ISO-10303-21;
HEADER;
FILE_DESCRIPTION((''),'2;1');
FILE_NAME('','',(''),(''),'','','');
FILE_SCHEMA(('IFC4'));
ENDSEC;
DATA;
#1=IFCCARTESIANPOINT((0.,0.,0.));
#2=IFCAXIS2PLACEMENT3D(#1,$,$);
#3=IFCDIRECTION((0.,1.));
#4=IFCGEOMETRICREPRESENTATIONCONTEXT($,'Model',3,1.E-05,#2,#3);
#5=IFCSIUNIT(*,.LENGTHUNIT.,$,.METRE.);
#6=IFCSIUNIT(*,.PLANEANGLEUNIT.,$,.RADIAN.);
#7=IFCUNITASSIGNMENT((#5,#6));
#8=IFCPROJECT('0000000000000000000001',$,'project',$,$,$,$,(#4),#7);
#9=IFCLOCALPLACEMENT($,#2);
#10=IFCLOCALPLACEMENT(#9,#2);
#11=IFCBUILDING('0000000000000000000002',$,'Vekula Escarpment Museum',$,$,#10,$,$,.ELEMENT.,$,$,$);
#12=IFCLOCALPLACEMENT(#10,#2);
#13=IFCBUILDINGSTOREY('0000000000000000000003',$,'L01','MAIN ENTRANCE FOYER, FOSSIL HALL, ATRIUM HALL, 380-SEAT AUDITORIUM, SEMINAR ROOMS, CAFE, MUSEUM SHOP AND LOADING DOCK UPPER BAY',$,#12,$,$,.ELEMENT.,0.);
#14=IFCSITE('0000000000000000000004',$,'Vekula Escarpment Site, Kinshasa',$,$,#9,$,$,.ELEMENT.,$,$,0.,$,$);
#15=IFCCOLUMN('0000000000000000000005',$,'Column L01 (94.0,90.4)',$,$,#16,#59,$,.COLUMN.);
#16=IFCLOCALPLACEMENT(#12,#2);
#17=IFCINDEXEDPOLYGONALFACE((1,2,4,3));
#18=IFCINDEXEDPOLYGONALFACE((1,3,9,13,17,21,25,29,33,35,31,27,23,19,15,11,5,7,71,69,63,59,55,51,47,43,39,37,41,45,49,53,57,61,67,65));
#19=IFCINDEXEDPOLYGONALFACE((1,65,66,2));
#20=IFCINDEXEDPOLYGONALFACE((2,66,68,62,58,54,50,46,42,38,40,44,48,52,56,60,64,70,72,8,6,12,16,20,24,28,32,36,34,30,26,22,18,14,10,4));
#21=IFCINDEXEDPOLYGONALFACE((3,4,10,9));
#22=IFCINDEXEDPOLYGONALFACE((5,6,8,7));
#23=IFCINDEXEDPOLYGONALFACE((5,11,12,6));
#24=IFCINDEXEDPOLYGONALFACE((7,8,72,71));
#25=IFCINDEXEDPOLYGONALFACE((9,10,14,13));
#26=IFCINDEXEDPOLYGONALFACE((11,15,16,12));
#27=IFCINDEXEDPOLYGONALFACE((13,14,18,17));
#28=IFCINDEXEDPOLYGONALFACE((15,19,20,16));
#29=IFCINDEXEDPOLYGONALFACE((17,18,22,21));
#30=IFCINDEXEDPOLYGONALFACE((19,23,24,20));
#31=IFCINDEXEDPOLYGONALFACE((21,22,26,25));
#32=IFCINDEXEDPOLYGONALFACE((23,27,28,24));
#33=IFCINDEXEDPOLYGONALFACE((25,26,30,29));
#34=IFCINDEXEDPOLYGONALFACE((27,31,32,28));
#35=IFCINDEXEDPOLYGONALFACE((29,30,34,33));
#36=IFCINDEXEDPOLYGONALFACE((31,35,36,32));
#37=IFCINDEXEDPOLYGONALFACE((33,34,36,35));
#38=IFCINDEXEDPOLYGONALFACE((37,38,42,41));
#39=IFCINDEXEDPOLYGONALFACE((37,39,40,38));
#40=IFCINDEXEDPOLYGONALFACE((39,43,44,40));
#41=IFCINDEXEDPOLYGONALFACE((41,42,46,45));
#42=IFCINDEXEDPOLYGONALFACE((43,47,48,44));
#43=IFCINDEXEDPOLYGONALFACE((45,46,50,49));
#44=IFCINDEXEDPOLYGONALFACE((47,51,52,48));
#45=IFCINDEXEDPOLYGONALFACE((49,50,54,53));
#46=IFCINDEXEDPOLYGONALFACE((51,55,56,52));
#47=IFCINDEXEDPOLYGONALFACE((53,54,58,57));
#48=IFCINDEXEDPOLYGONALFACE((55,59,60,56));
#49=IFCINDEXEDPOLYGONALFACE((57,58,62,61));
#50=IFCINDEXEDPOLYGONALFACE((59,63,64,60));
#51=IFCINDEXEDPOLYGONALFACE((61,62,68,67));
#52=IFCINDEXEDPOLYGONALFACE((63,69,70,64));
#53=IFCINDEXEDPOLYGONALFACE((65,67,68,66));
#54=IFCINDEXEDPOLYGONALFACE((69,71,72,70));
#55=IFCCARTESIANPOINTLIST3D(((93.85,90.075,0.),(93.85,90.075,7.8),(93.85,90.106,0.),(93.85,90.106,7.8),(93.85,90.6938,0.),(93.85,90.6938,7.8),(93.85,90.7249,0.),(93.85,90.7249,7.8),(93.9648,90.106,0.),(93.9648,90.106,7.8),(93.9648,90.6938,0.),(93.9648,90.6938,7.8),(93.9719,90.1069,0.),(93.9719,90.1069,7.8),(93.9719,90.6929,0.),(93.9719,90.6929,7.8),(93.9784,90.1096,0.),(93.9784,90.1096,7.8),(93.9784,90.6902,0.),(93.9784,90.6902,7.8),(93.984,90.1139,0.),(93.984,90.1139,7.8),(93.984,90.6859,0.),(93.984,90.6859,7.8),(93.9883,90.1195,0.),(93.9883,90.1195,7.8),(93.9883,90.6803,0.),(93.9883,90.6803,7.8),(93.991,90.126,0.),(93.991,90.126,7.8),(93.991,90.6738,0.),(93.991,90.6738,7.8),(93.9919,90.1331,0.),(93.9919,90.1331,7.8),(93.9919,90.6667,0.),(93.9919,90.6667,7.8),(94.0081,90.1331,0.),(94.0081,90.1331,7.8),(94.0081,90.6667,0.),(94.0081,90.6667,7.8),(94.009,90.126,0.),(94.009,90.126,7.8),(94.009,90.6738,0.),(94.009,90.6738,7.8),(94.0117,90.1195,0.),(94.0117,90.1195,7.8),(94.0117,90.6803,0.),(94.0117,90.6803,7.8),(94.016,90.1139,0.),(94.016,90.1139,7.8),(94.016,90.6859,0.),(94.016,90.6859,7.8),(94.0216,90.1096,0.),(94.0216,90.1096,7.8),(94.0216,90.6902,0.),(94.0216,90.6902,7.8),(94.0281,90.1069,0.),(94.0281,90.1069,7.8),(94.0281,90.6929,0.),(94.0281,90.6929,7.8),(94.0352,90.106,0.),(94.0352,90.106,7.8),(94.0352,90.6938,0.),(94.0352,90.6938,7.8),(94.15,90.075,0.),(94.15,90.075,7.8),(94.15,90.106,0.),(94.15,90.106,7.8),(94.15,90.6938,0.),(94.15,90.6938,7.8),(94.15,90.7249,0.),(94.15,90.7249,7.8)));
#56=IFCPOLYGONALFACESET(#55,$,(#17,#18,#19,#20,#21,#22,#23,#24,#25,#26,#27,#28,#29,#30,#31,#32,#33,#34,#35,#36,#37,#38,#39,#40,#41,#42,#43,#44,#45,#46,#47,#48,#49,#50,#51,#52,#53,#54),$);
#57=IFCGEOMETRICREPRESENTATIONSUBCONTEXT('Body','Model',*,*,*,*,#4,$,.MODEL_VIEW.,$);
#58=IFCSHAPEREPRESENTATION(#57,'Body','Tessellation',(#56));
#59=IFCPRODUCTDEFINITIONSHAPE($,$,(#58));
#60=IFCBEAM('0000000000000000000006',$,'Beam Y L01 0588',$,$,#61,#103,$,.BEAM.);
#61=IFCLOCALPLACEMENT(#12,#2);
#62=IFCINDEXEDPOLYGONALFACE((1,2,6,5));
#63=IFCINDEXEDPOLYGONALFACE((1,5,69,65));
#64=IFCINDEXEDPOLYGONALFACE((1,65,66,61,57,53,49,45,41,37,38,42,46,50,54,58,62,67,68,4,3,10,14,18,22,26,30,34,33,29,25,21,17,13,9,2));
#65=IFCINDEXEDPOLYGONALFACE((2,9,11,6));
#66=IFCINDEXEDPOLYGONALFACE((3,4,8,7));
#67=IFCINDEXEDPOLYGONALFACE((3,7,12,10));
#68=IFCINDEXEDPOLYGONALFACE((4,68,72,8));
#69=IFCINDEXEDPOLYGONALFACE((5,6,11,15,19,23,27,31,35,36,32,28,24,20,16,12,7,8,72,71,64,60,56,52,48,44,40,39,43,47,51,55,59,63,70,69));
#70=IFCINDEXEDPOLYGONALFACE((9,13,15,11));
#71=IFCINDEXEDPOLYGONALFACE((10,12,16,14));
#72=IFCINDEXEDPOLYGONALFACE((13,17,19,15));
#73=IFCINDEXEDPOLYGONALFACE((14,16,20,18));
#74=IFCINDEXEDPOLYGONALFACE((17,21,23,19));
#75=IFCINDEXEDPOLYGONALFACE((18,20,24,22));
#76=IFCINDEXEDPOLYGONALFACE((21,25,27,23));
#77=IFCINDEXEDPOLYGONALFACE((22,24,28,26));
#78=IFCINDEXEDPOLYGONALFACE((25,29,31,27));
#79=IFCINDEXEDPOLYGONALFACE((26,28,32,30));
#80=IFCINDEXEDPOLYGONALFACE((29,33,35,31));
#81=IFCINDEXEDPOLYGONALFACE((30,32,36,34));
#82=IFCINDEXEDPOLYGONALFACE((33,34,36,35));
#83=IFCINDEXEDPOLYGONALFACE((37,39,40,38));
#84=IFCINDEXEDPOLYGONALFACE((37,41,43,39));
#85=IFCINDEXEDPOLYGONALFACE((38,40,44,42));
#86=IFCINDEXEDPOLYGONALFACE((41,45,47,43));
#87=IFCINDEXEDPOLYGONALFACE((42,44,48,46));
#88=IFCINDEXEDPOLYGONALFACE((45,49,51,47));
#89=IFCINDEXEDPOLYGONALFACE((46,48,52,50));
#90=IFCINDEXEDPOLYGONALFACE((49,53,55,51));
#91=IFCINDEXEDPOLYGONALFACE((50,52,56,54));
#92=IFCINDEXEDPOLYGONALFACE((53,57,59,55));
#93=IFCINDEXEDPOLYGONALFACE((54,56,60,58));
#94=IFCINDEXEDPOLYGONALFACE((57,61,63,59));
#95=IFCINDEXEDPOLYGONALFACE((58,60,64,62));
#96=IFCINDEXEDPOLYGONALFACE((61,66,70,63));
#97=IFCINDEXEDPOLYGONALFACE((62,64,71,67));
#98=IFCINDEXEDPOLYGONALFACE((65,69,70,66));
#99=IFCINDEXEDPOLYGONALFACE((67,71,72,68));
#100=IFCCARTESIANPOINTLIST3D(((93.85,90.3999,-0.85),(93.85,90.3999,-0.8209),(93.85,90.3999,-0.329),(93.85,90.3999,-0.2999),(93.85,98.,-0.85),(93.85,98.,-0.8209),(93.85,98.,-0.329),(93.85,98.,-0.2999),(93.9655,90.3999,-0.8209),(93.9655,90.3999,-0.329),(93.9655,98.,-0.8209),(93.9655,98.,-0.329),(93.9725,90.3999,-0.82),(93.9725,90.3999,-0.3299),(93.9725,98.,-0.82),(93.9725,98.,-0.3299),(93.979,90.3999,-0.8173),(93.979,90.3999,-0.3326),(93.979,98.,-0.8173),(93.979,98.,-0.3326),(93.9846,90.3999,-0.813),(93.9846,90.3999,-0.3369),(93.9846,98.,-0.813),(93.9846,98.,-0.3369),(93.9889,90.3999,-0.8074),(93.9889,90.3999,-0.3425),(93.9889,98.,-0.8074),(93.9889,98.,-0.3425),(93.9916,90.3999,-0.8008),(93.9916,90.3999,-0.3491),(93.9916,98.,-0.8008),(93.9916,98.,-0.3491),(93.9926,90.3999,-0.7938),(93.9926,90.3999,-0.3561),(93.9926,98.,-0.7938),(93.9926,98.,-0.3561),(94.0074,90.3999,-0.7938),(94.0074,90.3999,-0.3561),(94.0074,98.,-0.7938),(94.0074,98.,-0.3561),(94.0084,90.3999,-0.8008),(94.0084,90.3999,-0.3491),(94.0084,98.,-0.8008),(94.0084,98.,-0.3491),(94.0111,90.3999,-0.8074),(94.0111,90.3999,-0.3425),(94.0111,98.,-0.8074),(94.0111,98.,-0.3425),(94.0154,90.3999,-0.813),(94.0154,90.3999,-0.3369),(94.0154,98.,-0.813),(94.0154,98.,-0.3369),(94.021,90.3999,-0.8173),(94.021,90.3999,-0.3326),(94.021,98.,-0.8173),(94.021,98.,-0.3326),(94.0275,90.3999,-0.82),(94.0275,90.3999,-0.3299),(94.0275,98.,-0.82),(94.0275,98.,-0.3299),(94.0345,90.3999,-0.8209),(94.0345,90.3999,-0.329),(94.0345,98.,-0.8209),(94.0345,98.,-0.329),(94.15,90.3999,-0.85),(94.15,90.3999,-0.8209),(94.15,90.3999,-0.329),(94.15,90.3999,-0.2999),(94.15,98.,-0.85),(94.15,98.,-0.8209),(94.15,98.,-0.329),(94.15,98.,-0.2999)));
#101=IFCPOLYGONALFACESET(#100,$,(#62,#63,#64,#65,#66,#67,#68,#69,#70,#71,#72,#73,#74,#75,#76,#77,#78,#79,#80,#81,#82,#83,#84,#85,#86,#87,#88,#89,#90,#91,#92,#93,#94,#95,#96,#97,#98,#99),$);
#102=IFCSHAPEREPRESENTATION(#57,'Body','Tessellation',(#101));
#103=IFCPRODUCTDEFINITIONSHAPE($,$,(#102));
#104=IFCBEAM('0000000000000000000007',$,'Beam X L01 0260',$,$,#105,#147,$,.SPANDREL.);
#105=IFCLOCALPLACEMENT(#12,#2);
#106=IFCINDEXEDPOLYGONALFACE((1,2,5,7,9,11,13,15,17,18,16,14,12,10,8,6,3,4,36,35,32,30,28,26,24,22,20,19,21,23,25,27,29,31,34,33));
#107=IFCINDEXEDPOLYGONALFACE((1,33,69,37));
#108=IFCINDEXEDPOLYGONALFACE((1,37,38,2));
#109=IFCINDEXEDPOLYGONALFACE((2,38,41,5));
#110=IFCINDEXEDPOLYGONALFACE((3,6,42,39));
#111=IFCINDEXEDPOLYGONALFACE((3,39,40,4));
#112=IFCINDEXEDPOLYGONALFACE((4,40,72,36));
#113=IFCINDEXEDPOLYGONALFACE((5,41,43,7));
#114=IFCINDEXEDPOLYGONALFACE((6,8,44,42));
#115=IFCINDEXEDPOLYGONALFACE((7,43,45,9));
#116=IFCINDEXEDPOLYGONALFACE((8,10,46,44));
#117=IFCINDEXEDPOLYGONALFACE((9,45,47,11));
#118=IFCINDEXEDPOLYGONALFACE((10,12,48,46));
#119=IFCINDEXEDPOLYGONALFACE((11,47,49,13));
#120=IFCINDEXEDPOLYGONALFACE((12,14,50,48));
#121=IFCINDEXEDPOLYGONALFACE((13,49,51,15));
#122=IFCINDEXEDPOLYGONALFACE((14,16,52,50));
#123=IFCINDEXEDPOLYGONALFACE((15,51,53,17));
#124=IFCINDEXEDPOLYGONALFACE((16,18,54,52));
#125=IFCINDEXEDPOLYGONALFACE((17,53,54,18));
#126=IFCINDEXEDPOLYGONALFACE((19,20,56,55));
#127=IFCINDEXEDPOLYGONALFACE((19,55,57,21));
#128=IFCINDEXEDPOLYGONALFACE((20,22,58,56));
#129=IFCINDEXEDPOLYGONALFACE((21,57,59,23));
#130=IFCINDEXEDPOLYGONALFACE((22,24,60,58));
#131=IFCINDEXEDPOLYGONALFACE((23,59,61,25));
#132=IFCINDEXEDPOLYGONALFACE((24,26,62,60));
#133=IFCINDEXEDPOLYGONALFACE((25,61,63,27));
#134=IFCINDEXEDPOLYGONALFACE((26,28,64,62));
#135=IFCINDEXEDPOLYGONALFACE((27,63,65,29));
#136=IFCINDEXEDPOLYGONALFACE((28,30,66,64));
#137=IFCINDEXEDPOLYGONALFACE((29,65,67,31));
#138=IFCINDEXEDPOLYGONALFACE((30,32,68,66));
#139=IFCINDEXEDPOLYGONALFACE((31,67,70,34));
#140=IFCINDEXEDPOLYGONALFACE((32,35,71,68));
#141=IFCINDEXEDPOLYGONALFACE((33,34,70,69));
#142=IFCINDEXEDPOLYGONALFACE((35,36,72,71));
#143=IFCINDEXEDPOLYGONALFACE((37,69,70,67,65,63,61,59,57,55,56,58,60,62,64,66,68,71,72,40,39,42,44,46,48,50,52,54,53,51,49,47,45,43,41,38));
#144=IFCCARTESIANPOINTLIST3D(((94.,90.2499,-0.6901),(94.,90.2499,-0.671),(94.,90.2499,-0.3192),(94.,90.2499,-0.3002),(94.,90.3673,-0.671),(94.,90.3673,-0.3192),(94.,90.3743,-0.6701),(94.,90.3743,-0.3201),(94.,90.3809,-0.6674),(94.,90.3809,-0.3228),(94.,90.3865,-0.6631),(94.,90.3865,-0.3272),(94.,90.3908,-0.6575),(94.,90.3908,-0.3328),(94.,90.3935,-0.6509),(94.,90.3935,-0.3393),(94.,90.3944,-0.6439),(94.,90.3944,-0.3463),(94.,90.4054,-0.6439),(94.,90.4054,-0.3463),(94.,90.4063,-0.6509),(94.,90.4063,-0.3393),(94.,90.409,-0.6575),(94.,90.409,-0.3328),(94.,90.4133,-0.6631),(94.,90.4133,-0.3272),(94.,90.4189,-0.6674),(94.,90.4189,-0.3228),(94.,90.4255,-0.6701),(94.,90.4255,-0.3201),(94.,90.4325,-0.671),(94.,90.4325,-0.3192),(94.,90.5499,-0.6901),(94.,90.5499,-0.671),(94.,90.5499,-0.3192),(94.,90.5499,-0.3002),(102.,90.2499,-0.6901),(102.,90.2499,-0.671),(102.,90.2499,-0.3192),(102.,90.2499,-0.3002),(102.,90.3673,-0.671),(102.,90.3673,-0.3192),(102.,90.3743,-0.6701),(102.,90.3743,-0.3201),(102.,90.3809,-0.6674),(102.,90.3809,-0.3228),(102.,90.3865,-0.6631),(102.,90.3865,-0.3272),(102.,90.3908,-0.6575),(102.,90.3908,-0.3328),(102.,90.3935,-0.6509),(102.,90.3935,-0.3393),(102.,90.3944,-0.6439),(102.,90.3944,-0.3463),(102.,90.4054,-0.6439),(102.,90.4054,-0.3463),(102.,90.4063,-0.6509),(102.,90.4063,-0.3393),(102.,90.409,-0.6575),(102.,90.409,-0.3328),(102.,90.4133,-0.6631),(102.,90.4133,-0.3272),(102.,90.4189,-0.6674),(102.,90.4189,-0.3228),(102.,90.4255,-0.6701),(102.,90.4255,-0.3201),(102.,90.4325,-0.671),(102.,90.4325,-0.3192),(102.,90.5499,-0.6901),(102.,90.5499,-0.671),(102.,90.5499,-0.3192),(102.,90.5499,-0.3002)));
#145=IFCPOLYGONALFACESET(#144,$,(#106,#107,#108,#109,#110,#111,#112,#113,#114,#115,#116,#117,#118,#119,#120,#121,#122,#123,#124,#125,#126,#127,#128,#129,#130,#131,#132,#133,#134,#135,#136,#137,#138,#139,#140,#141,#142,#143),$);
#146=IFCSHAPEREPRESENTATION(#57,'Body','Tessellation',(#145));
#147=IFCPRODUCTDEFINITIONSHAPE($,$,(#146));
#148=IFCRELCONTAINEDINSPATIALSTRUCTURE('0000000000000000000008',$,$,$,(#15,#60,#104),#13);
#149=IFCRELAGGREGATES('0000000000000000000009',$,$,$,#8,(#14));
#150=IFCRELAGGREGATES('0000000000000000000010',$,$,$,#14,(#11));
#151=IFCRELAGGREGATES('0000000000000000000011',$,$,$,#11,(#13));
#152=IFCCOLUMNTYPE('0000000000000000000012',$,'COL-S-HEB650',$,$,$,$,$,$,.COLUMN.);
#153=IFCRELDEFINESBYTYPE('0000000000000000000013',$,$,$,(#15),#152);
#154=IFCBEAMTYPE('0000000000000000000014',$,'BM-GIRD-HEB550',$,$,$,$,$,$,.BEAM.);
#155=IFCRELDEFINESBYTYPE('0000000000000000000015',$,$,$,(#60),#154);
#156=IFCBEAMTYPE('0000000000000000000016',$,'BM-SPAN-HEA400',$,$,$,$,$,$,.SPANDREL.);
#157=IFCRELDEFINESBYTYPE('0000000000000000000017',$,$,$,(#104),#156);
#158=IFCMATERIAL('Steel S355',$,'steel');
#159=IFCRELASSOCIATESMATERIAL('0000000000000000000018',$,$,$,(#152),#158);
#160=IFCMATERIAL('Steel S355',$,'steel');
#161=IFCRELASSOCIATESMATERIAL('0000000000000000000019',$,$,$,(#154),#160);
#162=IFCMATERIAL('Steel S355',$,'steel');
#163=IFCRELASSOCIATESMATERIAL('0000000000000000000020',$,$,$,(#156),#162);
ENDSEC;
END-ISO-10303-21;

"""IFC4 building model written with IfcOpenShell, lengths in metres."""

from ifc_helpers import new_model, si_unit, direction, frame, origin, origin_2d, place, context, subcontext, project, spatial, i_section, extrude, material, material_profile, profile_set, type_object, element, save


model = new_model("IFC4")

# Units and contexts
model_context = context("Model", 3, precision=1e-05, world=origin(), true_north=direction((0.0, 1.0)))
body_context = subcontext(model_context, "Body", "Model", "MODEL_VIEW")
ifc_project = project(units=[si_unit("LENGTHUNIT", "METRE"), si_unit("PLANEANGLEUNIT", "RADIAN")], contexts=[model_context])

# Site, building, storey
site_placement = place(None, origin())
site = spatial("IfcSite", under=ifc_project, at=site_placement, Name="Vekula Escarpment Site, Kinshasa", CompositionType="ELEMENT", RefElevation=0.0)
building_placement = place(site_placement, origin())
building = spatial("IfcBuilding", under=site, at=building_placement, Name="Vekula Escarpment Museum", CompositionType="ELEMENT")
storey_placement = place(building_placement, origin())
storey = spatial("IfcBuildingStorey", under=building, at=storey_placement, Name="L01", Description="MAIN ENTRANCE FOYER, FOSSIL HALL, ATRIUM HALL, 380-SEAT AUDITORIUM, SEMINAR ROOMS, CAFE, MUSEUM SHOP AND LOADING DOCK UPPER BAY", CompositionType="ELEMENT", Elevation=0.0)

# Column
ifc_material_1 = material(Name="Steel S355", Category="steel")
ifc_material_profile_1 = material_profile(ifc_material_1, i_section(OverallWidth=0.3, OverallDepth=0.6499, WebThickness=0.0161, FlangeThickness=0.031, FilletRadius=0.0271, at=origin_2d()), Name="HEB 650")
ifc_profile_set_1 = profile_set([ifc_material_profile_1], Name="Steel S355")
column_type = type_object("IfcColumnType", Name="COL-S-HEB650", PredefinedType="COLUMN", material=ifc_profile_set_1)
column_placement = place(storey_placement, frame((94.0, 90.3999, 0.0), z_axis=(0.0, 0.0, 1.0), x_axis=(1.0, 0.0, 0.0)))
element("IfcColumn", 1, at=column_placement, inside=storey, type_object=column_type, Name="Column L01 (94.0,90.4)", PredefinedType="COLUMN", context=body_context, shape_type="SweptSolid", body=[
    extrude(i_section(OverallWidth=0.3, OverallDepth=0.6499, WebThickness=0.0161, FlangeThickness=0.031, FilletRadius=0.0271, at=origin_2d()), origin(), (0.0, 0.0, 1.0), 7.8),
])

# Beams
ifc_material_2 = material(Name="Steel S355", Category="steel")
ifc_material_profile_2 = material_profile(ifc_material_2, i_section(OverallWidth=0.3, OverallDepth=0.55, WebThickness=0.0149, FlangeThickness=0.0291, FilletRadius=0.0271, at=origin_2d()), Name="HEB 550")
ifc_profile_set_2 = profile_set([ifc_material_profile_2], Name="Steel S355")
beam_type_1 = type_object("IfcBeamType", Name="BM-GIRD-HEB550", PredefinedType="BEAM", material=ifc_profile_set_2)
beam_1_placement = place(storey_placement, frame((94.0, 90.3999, -0.575), z_axis=(0.0, 1.0, 0.0), x_axis=(-1.0, 0.0, 0.0)))
element("IfcBeam", 2, at=beam_1_placement, inside=storey, type_object=beam_type_1, Name="Beam Y L01 0588", PredefinedType="BEAM", context=body_context, shape_type="SweptSolid", body=[
    extrude(i_section(OverallWidth=0.3, OverallDepth=0.55, WebThickness=0.0149, FlangeThickness=0.0291, FilletRadius=0.0271, at=origin_2d()), origin(), (0.0, 0.0, 1.0), 7.6001),
])
ifc_material_3 = material(Name="Steel S355", Category="steel")
ifc_material_profile_3 = material_profile(ifc_material_3, i_section(OverallWidth=0.3, OverallDepth=0.3899, WebThickness=0.011, FlangeThickness=0.019, FilletRadius=0.0271, at=origin_2d()), Name="HEA 400")
ifc_profile_set_3 = profile_set([ifc_material_profile_3], Name="Steel S355")
beam_type_2 = type_object("IfcBeamType", Name="BM-SPAN-HEA400", PredefinedType="SPANDREL", material=ifc_profile_set_3)
beam_2_placement = place(storey_placement, frame((94.0, 90.3999, -0.4951), z_axis=(1.0, 0.0, 0.0), x_axis=(0.0, 1.0, 0.0)))
element("IfcBeam", 3, at=beam_2_placement, inside=storey, type_object=beam_type_2, Name="Beam X L01 0260", PredefinedType="SPANDREL", context=body_context, shape_type="SweptSolid", body=[
    extrude(i_section(OverallWidth=0.3, OverallDepth=0.3899, WebThickness=0.011, FlangeThickness=0.019, FilletRadius=0.0271, at=origin_2d()), origin(), (0.0, 0.0, 1.0), 8.0),
])

save(model, "model.ifc")
